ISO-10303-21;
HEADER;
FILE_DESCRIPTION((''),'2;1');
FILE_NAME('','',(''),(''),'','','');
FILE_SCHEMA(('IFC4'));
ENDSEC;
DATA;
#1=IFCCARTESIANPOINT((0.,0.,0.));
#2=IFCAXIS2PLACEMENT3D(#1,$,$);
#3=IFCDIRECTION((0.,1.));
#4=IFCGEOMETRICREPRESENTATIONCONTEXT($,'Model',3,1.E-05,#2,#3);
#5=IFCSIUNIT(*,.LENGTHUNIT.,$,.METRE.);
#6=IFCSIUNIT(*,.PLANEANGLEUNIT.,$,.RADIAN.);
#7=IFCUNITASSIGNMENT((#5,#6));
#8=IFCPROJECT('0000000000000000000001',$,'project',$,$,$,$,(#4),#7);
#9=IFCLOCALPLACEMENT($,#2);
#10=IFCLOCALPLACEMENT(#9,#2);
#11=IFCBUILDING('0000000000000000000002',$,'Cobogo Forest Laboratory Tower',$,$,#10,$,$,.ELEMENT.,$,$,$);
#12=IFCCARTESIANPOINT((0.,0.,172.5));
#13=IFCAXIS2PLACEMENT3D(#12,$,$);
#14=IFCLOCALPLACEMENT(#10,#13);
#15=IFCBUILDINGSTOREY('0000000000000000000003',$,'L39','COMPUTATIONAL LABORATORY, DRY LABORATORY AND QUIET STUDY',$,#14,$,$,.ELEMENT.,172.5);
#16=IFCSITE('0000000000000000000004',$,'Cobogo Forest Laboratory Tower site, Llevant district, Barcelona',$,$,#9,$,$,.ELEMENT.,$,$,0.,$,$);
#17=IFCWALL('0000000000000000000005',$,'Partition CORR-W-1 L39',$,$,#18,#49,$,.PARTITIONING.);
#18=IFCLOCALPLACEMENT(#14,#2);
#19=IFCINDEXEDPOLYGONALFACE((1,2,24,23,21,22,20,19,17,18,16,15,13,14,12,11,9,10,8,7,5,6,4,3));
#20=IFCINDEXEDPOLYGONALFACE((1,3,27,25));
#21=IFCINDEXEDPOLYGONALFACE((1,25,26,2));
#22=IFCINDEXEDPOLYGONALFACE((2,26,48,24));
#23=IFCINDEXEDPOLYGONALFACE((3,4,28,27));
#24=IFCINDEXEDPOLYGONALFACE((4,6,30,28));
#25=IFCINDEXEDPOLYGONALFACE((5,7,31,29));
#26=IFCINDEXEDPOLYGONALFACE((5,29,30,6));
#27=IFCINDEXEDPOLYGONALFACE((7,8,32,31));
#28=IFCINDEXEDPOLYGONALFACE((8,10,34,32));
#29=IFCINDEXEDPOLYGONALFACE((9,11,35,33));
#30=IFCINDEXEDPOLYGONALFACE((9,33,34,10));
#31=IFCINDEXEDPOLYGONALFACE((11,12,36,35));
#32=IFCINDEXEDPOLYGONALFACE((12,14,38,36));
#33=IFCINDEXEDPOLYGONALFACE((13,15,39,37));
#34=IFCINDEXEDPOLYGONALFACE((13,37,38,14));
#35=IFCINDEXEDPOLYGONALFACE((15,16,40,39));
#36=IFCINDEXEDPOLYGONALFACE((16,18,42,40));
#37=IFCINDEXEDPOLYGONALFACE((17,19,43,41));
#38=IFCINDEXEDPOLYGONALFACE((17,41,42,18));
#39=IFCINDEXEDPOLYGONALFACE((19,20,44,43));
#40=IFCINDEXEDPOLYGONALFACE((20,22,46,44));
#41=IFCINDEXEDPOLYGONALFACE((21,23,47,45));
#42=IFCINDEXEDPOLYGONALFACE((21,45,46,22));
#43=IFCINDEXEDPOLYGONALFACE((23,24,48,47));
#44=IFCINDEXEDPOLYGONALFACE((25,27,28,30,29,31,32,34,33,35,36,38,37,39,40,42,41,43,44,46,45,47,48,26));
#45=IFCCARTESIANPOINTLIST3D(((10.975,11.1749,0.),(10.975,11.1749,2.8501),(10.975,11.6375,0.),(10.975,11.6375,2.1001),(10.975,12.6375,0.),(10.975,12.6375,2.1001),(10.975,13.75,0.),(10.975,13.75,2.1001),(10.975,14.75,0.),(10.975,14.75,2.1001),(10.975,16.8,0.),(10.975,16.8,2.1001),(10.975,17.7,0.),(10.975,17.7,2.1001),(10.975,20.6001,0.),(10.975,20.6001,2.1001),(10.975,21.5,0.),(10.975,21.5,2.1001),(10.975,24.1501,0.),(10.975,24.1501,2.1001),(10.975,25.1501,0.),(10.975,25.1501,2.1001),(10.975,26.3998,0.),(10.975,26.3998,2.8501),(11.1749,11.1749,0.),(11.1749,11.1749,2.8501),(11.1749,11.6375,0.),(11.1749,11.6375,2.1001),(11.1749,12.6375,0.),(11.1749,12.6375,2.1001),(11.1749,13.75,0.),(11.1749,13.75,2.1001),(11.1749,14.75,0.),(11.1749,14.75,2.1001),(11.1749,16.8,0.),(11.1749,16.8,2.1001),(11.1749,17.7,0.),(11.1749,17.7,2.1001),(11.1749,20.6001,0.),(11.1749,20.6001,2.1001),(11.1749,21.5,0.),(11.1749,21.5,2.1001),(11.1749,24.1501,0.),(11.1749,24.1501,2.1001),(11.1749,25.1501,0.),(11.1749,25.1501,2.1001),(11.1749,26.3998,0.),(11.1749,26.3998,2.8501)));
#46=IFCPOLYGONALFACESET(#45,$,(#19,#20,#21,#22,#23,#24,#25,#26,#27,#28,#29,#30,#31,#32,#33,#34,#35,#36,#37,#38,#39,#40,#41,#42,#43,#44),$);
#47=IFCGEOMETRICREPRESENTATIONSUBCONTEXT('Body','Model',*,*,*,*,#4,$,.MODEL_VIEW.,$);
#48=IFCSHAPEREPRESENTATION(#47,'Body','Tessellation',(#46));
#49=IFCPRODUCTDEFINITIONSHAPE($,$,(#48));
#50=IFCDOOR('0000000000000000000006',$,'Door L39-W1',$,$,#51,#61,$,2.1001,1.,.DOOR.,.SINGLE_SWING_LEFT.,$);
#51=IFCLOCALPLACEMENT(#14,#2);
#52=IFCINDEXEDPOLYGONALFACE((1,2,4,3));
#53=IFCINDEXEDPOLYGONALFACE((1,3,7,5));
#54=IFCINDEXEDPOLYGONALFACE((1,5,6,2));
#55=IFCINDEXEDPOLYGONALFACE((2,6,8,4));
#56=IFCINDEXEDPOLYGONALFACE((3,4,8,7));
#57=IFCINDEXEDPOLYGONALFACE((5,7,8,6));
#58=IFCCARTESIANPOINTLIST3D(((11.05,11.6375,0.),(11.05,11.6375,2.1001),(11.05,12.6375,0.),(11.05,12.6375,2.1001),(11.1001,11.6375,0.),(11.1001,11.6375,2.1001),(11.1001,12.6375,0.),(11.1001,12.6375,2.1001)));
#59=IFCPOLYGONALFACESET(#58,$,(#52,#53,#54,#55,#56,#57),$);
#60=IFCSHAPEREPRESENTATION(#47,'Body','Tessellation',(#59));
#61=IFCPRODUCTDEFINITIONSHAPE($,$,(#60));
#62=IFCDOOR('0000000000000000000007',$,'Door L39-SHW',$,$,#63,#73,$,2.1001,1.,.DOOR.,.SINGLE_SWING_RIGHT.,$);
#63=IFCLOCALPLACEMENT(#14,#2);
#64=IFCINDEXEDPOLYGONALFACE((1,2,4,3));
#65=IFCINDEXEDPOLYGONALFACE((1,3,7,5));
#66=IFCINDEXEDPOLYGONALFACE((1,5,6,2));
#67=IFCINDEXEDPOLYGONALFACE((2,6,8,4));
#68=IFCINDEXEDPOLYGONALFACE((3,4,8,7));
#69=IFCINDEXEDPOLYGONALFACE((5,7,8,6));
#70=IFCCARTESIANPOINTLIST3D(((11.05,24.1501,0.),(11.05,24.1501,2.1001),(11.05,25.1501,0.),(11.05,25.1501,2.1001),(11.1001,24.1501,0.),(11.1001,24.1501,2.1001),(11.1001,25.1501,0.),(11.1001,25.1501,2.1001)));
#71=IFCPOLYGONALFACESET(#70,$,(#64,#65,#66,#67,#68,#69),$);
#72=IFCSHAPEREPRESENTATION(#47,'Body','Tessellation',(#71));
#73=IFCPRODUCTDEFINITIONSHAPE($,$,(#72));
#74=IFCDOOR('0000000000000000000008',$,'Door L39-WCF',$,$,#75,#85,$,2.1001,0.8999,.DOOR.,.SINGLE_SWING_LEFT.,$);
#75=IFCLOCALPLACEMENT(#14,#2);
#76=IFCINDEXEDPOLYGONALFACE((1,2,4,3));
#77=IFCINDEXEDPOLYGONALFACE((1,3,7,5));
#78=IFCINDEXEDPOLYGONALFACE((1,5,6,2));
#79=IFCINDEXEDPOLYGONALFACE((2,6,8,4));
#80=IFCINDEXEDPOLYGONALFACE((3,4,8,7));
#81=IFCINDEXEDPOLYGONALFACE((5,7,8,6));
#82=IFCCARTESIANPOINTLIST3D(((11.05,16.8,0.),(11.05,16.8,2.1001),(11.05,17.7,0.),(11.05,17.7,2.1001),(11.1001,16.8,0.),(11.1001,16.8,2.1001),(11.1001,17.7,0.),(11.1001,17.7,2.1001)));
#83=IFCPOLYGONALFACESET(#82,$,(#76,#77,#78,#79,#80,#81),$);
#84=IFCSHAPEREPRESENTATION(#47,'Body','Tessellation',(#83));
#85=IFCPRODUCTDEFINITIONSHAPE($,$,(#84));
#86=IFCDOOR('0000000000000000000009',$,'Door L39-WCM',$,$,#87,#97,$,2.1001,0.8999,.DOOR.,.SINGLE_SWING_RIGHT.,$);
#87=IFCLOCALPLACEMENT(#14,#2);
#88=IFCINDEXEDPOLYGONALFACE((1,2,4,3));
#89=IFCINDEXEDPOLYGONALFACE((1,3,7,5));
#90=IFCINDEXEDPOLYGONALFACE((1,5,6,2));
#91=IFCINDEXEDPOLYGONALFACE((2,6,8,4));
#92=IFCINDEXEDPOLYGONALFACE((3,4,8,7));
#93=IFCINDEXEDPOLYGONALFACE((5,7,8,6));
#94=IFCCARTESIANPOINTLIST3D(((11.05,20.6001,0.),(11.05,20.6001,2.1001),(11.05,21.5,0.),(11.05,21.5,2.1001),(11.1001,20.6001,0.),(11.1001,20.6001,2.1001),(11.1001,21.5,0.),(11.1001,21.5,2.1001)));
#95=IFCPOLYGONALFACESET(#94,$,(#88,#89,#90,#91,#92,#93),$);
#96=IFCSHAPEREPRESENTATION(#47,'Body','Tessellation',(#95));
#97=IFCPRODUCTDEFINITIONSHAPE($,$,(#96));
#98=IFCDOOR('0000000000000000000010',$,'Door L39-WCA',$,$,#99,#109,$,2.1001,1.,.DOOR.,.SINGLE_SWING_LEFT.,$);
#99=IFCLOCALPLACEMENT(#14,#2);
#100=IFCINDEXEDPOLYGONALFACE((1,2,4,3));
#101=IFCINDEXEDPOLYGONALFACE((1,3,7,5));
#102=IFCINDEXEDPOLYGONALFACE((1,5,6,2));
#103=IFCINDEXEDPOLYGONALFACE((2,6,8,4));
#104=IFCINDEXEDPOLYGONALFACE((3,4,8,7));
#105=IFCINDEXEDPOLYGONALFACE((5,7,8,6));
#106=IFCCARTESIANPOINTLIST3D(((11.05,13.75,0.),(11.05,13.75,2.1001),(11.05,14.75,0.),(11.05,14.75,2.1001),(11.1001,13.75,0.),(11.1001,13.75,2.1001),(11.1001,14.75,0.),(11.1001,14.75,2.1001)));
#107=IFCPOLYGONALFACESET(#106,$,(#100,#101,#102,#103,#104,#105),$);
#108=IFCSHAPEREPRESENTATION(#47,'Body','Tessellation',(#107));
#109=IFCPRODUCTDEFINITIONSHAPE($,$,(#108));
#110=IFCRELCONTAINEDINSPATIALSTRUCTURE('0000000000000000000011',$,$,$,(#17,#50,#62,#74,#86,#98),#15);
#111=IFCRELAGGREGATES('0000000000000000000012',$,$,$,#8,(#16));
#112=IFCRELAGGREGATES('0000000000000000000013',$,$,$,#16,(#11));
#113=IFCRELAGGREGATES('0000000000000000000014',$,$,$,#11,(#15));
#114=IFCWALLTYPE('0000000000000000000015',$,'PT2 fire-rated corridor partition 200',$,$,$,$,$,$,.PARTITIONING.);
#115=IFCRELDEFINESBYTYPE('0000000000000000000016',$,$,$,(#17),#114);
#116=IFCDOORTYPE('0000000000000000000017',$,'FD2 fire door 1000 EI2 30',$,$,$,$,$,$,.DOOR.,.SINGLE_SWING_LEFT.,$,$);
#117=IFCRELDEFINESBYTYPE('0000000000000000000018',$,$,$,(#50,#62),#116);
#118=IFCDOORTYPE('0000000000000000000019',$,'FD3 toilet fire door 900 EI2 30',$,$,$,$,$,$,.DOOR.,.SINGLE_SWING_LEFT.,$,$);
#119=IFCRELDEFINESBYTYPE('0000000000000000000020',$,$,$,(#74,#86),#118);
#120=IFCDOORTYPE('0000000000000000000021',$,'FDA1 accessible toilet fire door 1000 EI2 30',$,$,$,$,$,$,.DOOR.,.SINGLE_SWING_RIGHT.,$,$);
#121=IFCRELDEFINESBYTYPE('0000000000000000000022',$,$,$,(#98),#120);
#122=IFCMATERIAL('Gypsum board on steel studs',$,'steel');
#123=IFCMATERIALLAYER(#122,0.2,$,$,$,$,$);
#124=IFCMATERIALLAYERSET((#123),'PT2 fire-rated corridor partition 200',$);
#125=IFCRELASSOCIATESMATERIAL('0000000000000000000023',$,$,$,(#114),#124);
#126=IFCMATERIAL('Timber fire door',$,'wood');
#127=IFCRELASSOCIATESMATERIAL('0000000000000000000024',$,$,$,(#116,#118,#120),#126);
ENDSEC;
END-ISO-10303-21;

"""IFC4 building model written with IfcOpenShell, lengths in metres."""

from ifc_helpers import new_model, si_unit, direction, frame, frame_2d, origin, place, context, subcontext, project, spatial, rectangle, extrude, material, layer, layer_set, type_object, element, fill, save


model = new_model("IFC4")

# Units and contexts
model_context = context("Model", 3, precision=1e-05, world=origin(), true_north=direction((0.0, 1.0)))
body_context = subcontext(model_context, "Body", "Model", "MODEL_VIEW")
ifc_project = project(units=[si_unit("LENGTHUNIT", "METRE"), si_unit("PLANEANGLEUNIT", "RADIAN")], contexts=[model_context])

# Site, building, storey
site_placement = place(None, origin())
site = spatial("IfcSite", under=ifc_project, at=site_placement, Name="Cobogo Forest Laboratory Tower site, Llevant district, Barcelona", CompositionType="ELEMENT", RefElevation=0.0)
building_placement = place(site_placement, origin())
building = spatial("IfcBuilding", under=site, at=building_placement, Name="Cobogo Forest Laboratory Tower", CompositionType="ELEMENT")
storey_placement = place(building_placement, frame((0.0, 0.0, 172.5)))
storey = spatial("IfcBuildingStorey", under=building, at=storey_placement, Name="L39", Description="COMPUTATIONAL LABORATORY, DRY LABORATORY AND QUIET STUDY", CompositionType="ELEMENT", Elevation=172.5)

# Shared definitions
ifc_material_1 = material(Name="Gypsum board on steel studs", Category="steel")

# Wall, openings, doors
ifc_layer_1 = layer(ifc_material_1, 0.2)
ifc_layer_set_1 = layer_set([ifc_layer_1], Name="PT2 fire-rated corridor partition 200")
wall_type_1 = type_object("IfcWallType", Name="PT2 fire-rated corridor partition 200", PredefinedType="PARTITIONING", material=ifc_layer_set_1)
ifc_material_2 = material(Name="Timber fire door", Category="wood")
door_type_1 = type_object("IfcDoorType", Name="FD2 fire door 1000 EI2 30", OperationType="SINGLE_SWING_LEFT", PredefinedType="DOOR", material=ifc_material_2)
wall_1_placement = place(storey_placement, frame((11.075, 11.175, 0.0), z_axis=(0.0, 0.0, 1.0), x_axis=(0.0, 1.0, 0.0)))
wall_1 = element("IfcWall", 1, at=wall_1_placement, inside=storey, type_object=wall_type_1, Name="Partition CORR-W-1 L39", PredefinedType="PARTITIONING", context=body_context, shape_type="SweptSolid", body=[
    extrude(rectangle(XDim=15.2249, YDim=0.2, at=frame_2d((7.6123, 0.0))), origin(), (0.0, 0.0, 1.0), 2.8501),
])
opening_1_placement = place(wall_1_placement, frame((0.4624, 0.0, 0.0)))
opening_1 = element("IfcOpeningElement", 2, at=opening_1_placement, cuts=wall_1, PredefinedType="OPENING", context=body_context, shape_type="SweptSolid", body=[
    extrude(rectangle(XDim=1.0, YDim=2.1001, at=frame_2d((0.5, 1.05))), frame((0.0, 0.1099, 0.0), z_axis=(0.0, -1.0, 0.0), x_axis=(1.0, 0.0, 0.0)), (0.0, 0.0, 1.0), 0.22),
])
opening_2_placement = place(wall_1_placement, frame((2.575, 0.0, 0.0)))
opening_2 = element("IfcOpeningElement", 3, at=opening_2_placement, cuts=wall_1, PredefinedType="OPENING", context=body_context, shape_type="SweptSolid", body=[
    extrude(rectangle(XDim=1.0, YDim=2.1001, at=frame_2d((0.5, 1.05))), frame((0.0, 0.1099, 0.0), z_axis=(0.0, -1.0, 0.0), x_axis=(1.0, 0.0, 0.0)), (0.0, 0.0, 1.0), 0.22),
])
opening_3_placement = place(wall_1_placement, frame((5.625, 0.0, 0.0)))
opening_3 = element("IfcOpeningElement", 4, at=opening_3_placement, cuts=wall_1, PredefinedType="OPENING", context=body_context, shape_type="SweptSolid", body=[
    extrude(rectangle(XDim=0.8999, YDim=2.1001, at=frame_2d((0.45, 1.05))), frame((0.0, 0.1099, 0.0), z_axis=(0.0, -1.0, 0.0), x_axis=(1.0, 0.0, 0.0)), (0.0, 0.0, 1.0), 0.22),
])
opening_4_placement = place(wall_1_placement, frame((9.425, 0.0, 0.0)))
opening_4 = element("IfcOpeningElement", 5, at=opening_4_placement, cuts=wall_1, PredefinedType="OPENING", context=body_context, shape_type="SweptSolid", body=[
    extrude(rectangle(XDim=0.8999, YDim=2.1001, at=frame_2d((0.45, 1.05))), frame((0.0, 0.1099, 0.0), z_axis=(0.0, -1.0, 0.0), x_axis=(1.0, 0.0, 0.0)), (0.0, 0.0, 1.0), 0.22),
])
opening_5_placement = place(wall_1_placement, frame((12.9751, 0.0, 0.0)))
opening_5 = element("IfcOpeningElement", 6, at=opening_5_placement, cuts=wall_1, PredefinedType="OPENING", context=body_context, shape_type="SweptSolid", body=[
    extrude(rectangle(XDim=1.0, YDim=2.1001, at=frame_2d((0.5, 1.05))), frame((0.0, 0.1099, 0.0), z_axis=(0.0, -1.0, 0.0), x_axis=(1.0, 0.0, 0.0)), (0.0, 0.0, 1.0), 0.22),
])
door_1_placement = place(opening_1_placement, origin())
door_1 = element("IfcDoor", 7, at=door_1_placement, inside=storey, type_object=door_type_1, Name="Door L39-W1", OperationType="SINGLE_SWING_LEFT", OverallHeight=2.1001, OverallWidth=1.0, PredefinedType="DOOR", context=body_context, shape_type="SweptSolid", body=[
    extrude(rectangle(XDim=1.0, YDim=2.1001, at=frame_2d((0.5, 1.05))), frame((0.0, 0.0249, 0.0), z_axis=(0.0, -1.0, 0.0), x_axis=(1.0, 0.0, 0.0)), (0.0, 0.0, 1.0), 0.05),
])
fill(opening_1, door_1)
door_2_placement = place(opening_5_placement, origin())
door_2 = element("IfcDoor", 8, at=door_2_placement, inside=storey, type_object=door_type_1, Name="Door L39-SHW", OperationType="SINGLE_SWING_RIGHT", OverallHeight=2.1001, OverallWidth=1.0, PredefinedType="DOOR", context=body_context, shape_type="SweptSolid", body=[
    extrude(rectangle(XDim=1.0, YDim=2.1001, at=frame_2d((0.5, 1.05))), frame((0.0, 0.0249, 0.0), z_axis=(0.0, -1.0, 0.0), x_axis=(1.0, 0.0, 0.0)), (0.0, 0.0, 1.0), 0.05),
])
fill(opening_5, door_2)
door_type_2 = type_object("IfcDoorType", Name="FD3 toilet fire door 900 EI2 30", OperationType="SINGLE_SWING_LEFT", PredefinedType="DOOR", material=ifc_material_2)
door_3_placement = place(opening_3_placement, origin())
door_3 = element("IfcDoor", 9, at=door_3_placement, inside=storey, type_object=door_type_2, Name="Door L39-WCF", OperationType="SINGLE_SWING_LEFT", OverallHeight=2.1001, OverallWidth=0.8999, PredefinedType="DOOR", context=body_context, shape_type="SweptSolid", body=[
    extrude(rectangle(XDim=0.8999, YDim=2.1001, at=frame_2d((0.45, 1.05))), frame((0.0, 0.0249, 0.0), z_axis=(0.0, -1.0, 0.0), x_axis=(1.0, 0.0, 0.0)), (0.0, 0.0, 1.0), 0.05),
])
fill(opening_3, door_3)
door_4_placement = place(opening_4_placement, origin())
door_4 = element("IfcDoor", 10, at=door_4_placement, inside=storey, type_object=door_type_2, Name="Door L39-WCM", OperationType="SINGLE_SWING_RIGHT", OverallHeight=2.1001, OverallWidth=0.8999, PredefinedType="DOOR", context=body_context, shape_type="SweptSolid", body=[
    extrude(rectangle(XDim=0.8999, YDim=2.1001, at=frame_2d((0.45, 1.05))), frame((0.0, 0.0249, 0.0), z_axis=(0.0, -1.0, 0.0), x_axis=(1.0, 0.0, 0.0)), (0.0, 0.0, 1.0), 0.05),
])
fill(opening_4, door_4)
door_type_3 = type_object("IfcDoorType", Name="FDA1 accessible toilet fire door 1000 EI2 30", OperationType="SINGLE_SWING_RIGHT", PredefinedType="DOOR", material=ifc_material_2)
door_5_placement = place(opening_2_placement, origin())
door_5 = element("IfcDoor", 11, at=door_5_placement, inside=storey, type_object=door_type_3, Name="Door L39-WCA", OperationType="SINGLE_SWING_LEFT", OverallHeight=2.1001, OverallWidth=1.0, PredefinedType="DOOR", context=body_context, shape_type="SweptSolid", body=[
    extrude(rectangle(XDim=1.0, YDim=2.1001, at=frame_2d((0.5, 1.05))), frame((0.0, 0.0249, 0.0), z_axis=(0.0, -1.0, 0.0), x_axis=(1.0, 0.0, 0.0)), (0.0, 0.0, 1.0), 0.05),
])
fill(opening_2, door_5)

save(model, "model.ifc")
